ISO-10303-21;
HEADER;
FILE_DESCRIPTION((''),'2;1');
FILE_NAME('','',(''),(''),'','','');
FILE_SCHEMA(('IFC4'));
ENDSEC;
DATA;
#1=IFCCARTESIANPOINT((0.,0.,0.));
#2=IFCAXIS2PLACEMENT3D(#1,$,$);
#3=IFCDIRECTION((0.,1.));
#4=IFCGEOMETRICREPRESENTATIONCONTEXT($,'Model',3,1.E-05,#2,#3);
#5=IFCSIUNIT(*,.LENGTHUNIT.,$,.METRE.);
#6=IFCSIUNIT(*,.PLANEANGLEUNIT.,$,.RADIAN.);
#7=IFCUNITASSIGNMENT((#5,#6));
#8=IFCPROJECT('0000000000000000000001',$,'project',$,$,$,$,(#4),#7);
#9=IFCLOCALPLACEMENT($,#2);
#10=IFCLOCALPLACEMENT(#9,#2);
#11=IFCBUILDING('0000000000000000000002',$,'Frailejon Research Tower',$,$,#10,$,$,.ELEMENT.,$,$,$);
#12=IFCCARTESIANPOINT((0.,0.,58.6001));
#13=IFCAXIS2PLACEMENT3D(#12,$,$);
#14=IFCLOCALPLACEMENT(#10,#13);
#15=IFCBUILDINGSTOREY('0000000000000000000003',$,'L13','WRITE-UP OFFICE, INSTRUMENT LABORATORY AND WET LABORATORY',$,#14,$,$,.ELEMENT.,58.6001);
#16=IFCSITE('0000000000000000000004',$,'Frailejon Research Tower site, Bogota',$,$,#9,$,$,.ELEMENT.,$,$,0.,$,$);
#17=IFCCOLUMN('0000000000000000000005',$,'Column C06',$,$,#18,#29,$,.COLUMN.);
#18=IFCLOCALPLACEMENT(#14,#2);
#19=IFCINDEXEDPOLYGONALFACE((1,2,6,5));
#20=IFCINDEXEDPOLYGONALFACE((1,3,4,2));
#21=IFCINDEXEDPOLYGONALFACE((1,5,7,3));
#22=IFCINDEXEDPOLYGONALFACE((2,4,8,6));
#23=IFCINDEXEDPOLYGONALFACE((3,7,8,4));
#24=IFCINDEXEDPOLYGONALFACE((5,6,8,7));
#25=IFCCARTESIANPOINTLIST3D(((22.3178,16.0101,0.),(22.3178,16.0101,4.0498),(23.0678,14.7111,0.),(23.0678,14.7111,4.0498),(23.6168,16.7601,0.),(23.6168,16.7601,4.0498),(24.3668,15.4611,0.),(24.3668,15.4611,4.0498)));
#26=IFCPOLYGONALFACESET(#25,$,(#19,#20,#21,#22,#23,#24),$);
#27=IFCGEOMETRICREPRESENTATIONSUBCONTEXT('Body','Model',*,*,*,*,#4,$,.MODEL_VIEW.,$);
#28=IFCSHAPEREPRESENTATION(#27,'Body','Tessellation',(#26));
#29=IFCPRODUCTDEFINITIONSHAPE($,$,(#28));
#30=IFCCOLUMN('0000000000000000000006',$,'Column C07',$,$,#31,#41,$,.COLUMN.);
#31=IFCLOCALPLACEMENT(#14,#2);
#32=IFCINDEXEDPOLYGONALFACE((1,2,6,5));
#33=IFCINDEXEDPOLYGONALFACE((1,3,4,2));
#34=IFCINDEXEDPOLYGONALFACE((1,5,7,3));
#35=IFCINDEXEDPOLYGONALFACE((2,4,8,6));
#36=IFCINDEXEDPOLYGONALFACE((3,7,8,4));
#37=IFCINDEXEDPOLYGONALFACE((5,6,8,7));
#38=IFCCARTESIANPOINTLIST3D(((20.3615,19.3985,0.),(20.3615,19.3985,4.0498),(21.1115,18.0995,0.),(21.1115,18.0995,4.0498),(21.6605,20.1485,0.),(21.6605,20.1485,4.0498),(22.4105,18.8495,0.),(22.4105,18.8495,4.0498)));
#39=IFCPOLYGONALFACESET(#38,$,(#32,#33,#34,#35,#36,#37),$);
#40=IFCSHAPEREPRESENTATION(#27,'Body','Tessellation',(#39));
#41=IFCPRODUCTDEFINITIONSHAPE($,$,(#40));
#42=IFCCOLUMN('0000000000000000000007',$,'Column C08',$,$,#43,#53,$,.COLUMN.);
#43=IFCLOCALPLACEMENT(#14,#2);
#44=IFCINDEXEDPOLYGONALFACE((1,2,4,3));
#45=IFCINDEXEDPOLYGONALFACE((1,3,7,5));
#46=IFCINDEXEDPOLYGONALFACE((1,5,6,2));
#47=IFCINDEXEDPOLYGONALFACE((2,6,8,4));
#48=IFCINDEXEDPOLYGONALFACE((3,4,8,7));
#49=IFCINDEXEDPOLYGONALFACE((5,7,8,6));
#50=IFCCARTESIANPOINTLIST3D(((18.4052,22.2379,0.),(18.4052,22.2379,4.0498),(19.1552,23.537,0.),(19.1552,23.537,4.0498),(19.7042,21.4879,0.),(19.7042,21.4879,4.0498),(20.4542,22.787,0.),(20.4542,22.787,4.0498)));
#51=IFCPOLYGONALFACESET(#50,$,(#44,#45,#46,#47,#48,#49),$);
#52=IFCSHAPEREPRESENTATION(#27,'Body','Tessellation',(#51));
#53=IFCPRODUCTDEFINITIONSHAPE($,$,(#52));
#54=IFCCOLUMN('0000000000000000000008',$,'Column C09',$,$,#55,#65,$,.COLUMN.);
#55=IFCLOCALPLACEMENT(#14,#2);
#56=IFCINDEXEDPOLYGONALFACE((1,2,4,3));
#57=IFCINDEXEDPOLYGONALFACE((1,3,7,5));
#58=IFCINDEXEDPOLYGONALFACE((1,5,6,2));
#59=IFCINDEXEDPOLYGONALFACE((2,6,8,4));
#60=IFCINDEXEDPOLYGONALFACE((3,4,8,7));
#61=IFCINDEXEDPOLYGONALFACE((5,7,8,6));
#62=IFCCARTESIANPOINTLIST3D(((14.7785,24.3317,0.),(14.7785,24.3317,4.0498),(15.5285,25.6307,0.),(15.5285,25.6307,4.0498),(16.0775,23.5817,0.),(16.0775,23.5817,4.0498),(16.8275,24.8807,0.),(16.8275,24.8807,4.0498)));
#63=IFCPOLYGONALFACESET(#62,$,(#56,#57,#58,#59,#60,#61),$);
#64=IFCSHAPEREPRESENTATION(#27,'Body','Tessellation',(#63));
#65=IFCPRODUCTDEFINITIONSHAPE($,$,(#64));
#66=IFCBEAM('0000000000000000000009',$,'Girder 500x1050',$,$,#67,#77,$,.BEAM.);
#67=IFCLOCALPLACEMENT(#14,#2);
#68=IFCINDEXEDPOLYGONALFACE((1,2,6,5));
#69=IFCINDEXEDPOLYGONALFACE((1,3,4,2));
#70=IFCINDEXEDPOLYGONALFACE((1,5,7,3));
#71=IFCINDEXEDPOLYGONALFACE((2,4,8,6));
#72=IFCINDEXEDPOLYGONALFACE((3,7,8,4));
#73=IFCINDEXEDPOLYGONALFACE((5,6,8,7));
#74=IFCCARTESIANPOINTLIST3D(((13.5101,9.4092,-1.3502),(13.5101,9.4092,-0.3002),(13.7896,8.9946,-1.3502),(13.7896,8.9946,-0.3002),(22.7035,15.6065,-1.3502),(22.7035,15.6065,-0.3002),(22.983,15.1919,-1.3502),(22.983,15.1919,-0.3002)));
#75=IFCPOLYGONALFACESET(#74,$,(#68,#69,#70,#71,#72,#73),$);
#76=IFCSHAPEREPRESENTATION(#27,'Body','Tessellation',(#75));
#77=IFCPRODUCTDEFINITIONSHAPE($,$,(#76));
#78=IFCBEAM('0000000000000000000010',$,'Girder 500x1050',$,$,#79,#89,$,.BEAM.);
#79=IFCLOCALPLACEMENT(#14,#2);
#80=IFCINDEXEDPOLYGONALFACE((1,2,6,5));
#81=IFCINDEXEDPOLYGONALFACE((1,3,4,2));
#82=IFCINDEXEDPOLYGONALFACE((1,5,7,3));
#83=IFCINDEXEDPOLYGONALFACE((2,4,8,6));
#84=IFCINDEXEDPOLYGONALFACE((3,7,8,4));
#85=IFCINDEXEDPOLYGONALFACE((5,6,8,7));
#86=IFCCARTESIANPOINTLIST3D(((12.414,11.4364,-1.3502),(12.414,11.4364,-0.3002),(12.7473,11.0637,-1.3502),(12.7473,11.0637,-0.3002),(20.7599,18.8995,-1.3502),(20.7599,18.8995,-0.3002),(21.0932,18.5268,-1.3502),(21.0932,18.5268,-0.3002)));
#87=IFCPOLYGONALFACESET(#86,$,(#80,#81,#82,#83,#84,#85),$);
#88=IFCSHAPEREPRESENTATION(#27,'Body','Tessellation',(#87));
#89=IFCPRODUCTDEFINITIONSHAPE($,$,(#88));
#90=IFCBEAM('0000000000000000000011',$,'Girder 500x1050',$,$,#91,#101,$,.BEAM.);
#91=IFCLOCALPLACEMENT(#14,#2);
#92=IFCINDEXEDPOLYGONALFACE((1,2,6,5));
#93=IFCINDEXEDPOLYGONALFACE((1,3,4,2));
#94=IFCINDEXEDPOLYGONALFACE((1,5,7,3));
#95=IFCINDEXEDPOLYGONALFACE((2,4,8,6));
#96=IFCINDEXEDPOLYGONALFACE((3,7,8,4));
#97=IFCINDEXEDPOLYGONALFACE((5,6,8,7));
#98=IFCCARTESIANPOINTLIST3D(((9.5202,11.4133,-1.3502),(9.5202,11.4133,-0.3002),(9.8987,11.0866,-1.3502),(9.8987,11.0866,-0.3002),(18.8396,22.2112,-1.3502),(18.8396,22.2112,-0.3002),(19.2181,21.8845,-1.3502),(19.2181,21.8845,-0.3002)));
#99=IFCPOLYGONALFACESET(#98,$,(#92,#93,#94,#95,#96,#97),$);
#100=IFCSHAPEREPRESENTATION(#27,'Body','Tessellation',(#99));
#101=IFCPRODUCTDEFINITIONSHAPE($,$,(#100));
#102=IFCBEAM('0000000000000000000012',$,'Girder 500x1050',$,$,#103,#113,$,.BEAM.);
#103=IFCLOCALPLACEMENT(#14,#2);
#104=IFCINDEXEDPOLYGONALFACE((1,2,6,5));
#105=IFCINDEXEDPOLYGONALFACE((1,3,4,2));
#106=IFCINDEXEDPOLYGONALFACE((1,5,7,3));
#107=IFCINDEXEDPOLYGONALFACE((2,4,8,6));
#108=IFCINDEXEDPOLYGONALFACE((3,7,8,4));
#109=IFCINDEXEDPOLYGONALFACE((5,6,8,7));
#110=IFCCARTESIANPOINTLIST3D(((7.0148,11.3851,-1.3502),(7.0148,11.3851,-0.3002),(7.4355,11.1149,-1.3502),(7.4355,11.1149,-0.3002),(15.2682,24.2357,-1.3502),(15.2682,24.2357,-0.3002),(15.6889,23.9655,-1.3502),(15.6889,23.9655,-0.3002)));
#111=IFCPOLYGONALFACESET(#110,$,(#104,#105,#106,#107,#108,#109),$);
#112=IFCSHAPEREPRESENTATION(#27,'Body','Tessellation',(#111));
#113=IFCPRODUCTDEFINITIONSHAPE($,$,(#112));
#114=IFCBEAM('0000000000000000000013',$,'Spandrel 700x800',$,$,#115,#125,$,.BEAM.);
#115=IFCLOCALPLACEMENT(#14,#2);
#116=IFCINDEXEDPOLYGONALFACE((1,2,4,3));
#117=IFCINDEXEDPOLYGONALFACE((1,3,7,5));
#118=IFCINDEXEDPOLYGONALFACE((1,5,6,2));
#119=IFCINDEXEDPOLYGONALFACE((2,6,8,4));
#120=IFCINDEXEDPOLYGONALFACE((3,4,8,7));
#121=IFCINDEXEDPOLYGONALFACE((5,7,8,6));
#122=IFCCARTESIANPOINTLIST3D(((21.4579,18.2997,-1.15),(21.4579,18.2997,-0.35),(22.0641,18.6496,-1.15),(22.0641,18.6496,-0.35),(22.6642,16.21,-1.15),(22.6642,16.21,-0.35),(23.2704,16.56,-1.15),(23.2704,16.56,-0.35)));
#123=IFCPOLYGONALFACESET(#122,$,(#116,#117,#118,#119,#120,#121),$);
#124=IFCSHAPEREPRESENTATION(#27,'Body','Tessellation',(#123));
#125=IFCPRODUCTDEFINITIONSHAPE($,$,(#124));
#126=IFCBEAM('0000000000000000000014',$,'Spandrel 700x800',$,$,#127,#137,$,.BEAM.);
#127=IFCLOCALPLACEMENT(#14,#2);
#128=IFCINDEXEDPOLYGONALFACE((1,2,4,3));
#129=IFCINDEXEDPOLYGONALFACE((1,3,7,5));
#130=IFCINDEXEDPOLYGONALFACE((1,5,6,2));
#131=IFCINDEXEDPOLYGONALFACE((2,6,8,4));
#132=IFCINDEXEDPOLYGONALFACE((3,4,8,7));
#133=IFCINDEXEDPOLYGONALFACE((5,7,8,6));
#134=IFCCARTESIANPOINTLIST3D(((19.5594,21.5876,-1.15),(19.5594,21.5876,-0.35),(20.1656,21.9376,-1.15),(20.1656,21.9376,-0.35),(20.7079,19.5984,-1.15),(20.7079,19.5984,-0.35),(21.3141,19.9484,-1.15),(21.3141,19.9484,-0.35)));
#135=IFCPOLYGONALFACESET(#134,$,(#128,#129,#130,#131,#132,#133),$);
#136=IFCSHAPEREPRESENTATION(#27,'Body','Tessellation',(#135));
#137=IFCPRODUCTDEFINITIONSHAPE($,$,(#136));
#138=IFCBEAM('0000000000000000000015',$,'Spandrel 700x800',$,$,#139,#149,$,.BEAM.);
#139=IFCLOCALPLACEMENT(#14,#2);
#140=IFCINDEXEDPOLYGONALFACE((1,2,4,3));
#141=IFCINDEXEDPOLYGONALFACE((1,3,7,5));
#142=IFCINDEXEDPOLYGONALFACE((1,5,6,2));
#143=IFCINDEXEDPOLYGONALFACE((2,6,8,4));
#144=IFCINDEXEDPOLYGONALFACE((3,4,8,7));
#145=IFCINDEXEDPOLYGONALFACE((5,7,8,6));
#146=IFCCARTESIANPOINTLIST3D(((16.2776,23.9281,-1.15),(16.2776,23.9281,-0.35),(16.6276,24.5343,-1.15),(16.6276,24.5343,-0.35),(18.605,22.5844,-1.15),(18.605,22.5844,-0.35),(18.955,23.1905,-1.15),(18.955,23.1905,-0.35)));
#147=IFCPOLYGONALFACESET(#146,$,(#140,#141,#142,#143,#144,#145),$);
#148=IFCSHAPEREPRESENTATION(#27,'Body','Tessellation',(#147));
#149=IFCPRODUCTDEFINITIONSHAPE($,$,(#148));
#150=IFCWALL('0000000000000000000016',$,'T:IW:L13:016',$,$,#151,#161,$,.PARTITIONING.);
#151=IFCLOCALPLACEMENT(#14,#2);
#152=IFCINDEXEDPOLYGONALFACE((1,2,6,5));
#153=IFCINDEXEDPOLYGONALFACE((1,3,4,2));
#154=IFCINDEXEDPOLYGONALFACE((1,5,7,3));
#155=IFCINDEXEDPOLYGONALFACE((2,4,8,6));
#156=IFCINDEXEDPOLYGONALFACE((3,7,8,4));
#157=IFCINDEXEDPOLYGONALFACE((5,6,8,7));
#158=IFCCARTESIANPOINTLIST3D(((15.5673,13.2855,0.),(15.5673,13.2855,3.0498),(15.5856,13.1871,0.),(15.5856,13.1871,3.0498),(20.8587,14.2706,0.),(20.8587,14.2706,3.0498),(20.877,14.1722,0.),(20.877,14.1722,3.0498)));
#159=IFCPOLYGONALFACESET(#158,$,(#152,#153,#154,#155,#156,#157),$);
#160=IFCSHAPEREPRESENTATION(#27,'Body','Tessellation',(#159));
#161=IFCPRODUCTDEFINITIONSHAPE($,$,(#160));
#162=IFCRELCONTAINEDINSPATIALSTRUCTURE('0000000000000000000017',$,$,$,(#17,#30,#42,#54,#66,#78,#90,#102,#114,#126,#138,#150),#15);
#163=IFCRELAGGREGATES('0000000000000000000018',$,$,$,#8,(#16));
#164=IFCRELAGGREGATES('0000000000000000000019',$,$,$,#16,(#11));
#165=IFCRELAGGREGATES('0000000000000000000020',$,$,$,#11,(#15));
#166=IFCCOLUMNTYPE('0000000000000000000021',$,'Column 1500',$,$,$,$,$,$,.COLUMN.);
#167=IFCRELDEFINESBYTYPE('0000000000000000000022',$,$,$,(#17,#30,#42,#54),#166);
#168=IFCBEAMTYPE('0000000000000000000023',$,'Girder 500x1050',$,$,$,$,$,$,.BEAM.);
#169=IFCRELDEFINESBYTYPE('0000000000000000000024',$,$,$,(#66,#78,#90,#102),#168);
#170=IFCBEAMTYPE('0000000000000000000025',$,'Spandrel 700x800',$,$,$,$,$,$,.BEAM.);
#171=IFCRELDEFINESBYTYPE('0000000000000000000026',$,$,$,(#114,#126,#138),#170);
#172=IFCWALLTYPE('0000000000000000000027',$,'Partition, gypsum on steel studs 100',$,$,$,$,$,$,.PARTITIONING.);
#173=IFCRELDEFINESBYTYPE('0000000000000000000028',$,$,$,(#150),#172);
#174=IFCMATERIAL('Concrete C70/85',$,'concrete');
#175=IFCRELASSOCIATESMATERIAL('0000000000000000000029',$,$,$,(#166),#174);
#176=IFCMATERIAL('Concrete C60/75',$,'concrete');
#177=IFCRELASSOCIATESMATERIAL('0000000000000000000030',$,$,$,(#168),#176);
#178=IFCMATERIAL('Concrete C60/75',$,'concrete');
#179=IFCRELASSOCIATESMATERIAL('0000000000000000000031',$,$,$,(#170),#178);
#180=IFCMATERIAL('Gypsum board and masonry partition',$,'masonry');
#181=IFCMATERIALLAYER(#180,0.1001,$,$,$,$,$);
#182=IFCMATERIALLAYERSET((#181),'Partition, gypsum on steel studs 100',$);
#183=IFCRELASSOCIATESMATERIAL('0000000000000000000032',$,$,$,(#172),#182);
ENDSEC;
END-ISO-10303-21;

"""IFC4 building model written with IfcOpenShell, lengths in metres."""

from ifc_helpers import new_model, si_unit, direction, frame, frame_2d, origin, origin_2d, place, context, subcontext, project, spatial, rectangle, extrude, material, layer, layer_set, material_profile, profile_set, type_object, element, save


model = new_model("IFC4")

# Units and contexts
model_context = context("Model", 3, precision=1e-05, world=origin(), true_north=direction((0.0, 1.0)))
body_context = subcontext(model_context, "Body", "Model", "MODEL_VIEW")
ifc_project = project(units=[si_unit("LENGTHUNIT", "METRE"), si_unit("PLANEANGLEUNIT", "RADIAN")], contexts=[model_context])

# Site, building, storey
site_placement = place(None, origin())
site = spatial("IfcSite", under=ifc_project, at=site_placement, Name="Frailejon Research Tower site, Bogota", CompositionType="ELEMENT", RefElevation=0.0)
building_placement = place(site_placement, origin())
building = spatial("IfcBuilding", under=site, at=building_placement, Name="Frailejon Research Tower", CompositionType="ELEMENT")
storey_placement = place(building_placement, frame((0.0, 0.0, 58.6001)))
storey = spatial("IfcBuildingStorey", under=building, at=storey_placement, Name="L13", Description="WRITE-UP OFFICE, INSTRUMENT LABORATORY AND WET LABORATORY", CompositionType="ELEMENT", Elevation=58.6001)

# Columns
ifc_material_1 = material(Name="Concrete C70/85", Category="concrete")
ifc_material_profile_1 = material_profile(ifc_material_1, rectangle(XDim=1.5, YDim=1.5, at=origin_2d()), Name="Column 1500")
ifc_profile_set_1 = profile_set([ifc_material_profile_1], Name="Concrete C70/85")
column_type = type_object("IfcColumnType", Name="Column 1500", PredefinedType="COLUMN", material=ifc_profile_set_1)
for number, where, z_axis, x_axis, name in (
    (1, (23.3423, 15.7356, 0.0), (0.0, 0.0, 1.0), (-0.5, 0.866025, 0.0), "Column C06"),
    (2, (21.386, 19.124, 0.0), (0.0, 0.0, 1.0), (-0.5, 0.866025, 0.0), "Column C07"),
    (3, (19.4297, 22.5125, 0.0), (0.0, 0.0, 1.0), (-0.866025, 0.5, 0.0), "Column C08"),
    (4, (15.803, 24.6062, 0.0), (0.0, 0.0, 1.0), (-0.866025, 0.5, 0.0), "Column C09"),
):
    element("IfcColumn", number, at=place(storey_placement, frame(where, z_axis=z_axis, x_axis=x_axis)), inside=storey, type_object=column_type, Name=name, PredefinedType="COLUMN", context=body_context, shape_type="SweptSolid", body=[
        extrude(rectangle(XDim=1.5, YDim=1.5, at=origin_2d()), origin(), (0.0, 0.0, 1.0), 4.0498),
    ])

# Beams
ifc_material_2 = material(Name="Concrete C60/75", Category="concrete")
ifc_material_profile_2 = material_profile(ifc_material_2, rectangle(XDim=0.5, YDim=1.05, at=origin_2d()), Name="Girder 500x1050")
ifc_profile_set_2 = profile_set([ifc_material_profile_2], Name="Concrete C60/75")
beam_type_1 = type_object("IfcBeamType", Name="Girder 500x1050", PredefinedType="BEAM", material=ifc_profile_set_2)
beam_1_placement = place(storey_placement, frame((22.8433, 15.3992, -0.8252), z_axis=(-0.829194, -0.558961, 0.0), x_axis=(0.558961, -0.829194, 0.0)))
element("IfcBeam", 5, at=beam_1_placement, inside=storey, type_object=beam_type_1, Name="Girder 500x1050", PredefinedType="BEAM", context=body_context, shape_type="SweptSolid", body=[
    extrude(rectangle(XDim=0.5, YDim=1.05, at=origin_2d()), origin(), (0.0, 0.0, 1.0), 11.0872),
])
beam_2_placement = place(storey_placement, frame((20.9265, 18.7131, -0.8252), z_axis=(-0.745432, -0.666582, 0.0), x_axis=(0.666582, -0.745432, 0.0)))
element("IfcBeam", 6, at=beam_2_placement, inside=storey, type_object=beam_type_1, Name="Girder 500x1050", PredefinedType="BEAM", context=body_context, shape_type="SweptSolid", body=[
    extrude(rectangle(XDim=0.5, YDim=1.05, at=origin_2d()), origin(), (0.0, 0.0, 1.0), 11.196),
])
beam_3_placement = place(storey_placement, frame((19.0288, 22.0479, -0.8252), z_axis=(-0.653376, -0.757034, 0.0), x_axis=(0.757034, -0.653376, 0.0)))
element("IfcBeam", 7, at=beam_3_placement, inside=storey, type_object=beam_type_1, Name="Girder 500x1050", PredefinedType="BEAM", context=body_context, shape_type="SweptSolid", body=[
    extrude(rectangle(XDim=0.5, YDim=1.05, at=origin_2d()), origin(), (0.0, 0.0, 1.0), 14.2634),
])
beam_4_placement = place(storey_placement, frame((15.4785, 24.1006, -0.8252), z_axis=(-0.540402, -0.841407, 0.0), x_axis=(0.841407, -0.540402, 0.0)))
element("IfcBeam", 8, at=beam_4_placement, inside=storey, type_object=beam_type_1, Name="Girder 500x1050", PredefinedType="BEAM", context=body_context, shape_type="SweptSolid", body=[
    extrude(rectangle(XDim=0.5, YDim=1.05, at=origin_2d()), origin(), (0.0, 0.0, 1.0), 15.2727),
])
ifc_material_3 = material(Name="Concrete C60/75", Category="concrete")
ifc_material_profile_3 = material_profile(ifc_material_3, rectangle(XDim=0.7, YDim=0.8, at=origin_2d()), Name="Spandrel 700x800")
ifc_profile_set_3 = profile_set([ifc_material_profile_3], Name="Concrete C60/75")
beam_type_2 = type_object("IfcBeamType", Name="Spandrel 700x800", PredefinedType="BEAM", material=ifc_profile_set_3)
beam_5_placement = place(storey_placement, frame((22.9673, 16.385, -0.75), z_axis=(-0.499959, 0.866049, 0.0), x_axis=(-0.866049, -0.499959, 0.0)))
element("IfcBeam", 9, at=beam_5_placement, inside=storey, type_object=beam_type_2, Name="Spandrel 700x800", PredefinedType="BEAM", context=body_context, shape_type="SweptSolid", body=[
    extrude(rectangle(XDim=0.7, YDim=0.8, at=origin_2d()), origin(), (0.0, 0.0, 1.0), 2.4128),
])
beam_6_placement = place(storey_placement, frame((21.011, 19.7734, -0.75), z_axis=(-0.500026, 0.86601, 0.0), x_axis=(-0.86601, -0.500026, 0.0)))
element("IfcBeam", 10, at=beam_6_placement, inside=storey, type_object=beam_type_2, Name="Spandrel 700x800", PredefinedType="BEAM", context=body_context, shape_type="SweptSolid", body=[
    extrude(rectangle(XDim=0.7, YDim=0.8, at=origin_2d()), origin(), (0.0, 0.0, 1.0), 2.2969),
])
beam_7_placement = place(storey_placement, frame((18.78, 22.8875, -0.75), z_axis=(-0.866021, 0.500008, 0.0), x_axis=(-0.500008, -0.866021, 0.0)))
element("IfcBeam", 11, at=beam_7_placement, inside=storey, type_object=beam_type_2, Name="Spandrel 700x800", PredefinedType="BEAM", context=body_context, shape_type="SweptSolid", body=[
    extrude(rectangle(XDim=0.7, YDim=0.8, at=origin_2d()), origin(), (0.0, 0.0, 1.0), 2.6875),
])

# Wall
ifc_material_4 = material(Name="Gypsum board and masonry partition", Category="masonry")
ifc_layer_1 = layer(ifc_material_4, 0.1001)
ifc_layer_set_1 = layer_set([ifc_layer_1], Name="Partition, gypsum on steel studs 100")
wall_type_1 = type_object("IfcWallType", Name="Partition, gypsum on steel studs 100", PredefinedType="PARTITIONING", material=ifc_layer_set_1)
wall_1_placement = place(storey_placement, frame((15.5764, 13.2363, 0.0), z_axis=(0.0, 0.0, 1.0), x_axis=(0.983109, 0.183023, 0.0)))
element("IfcWall", 12, at=wall_1_placement, inside=storey, type_object=wall_type_1, Name="T:IW:L13:016", PredefinedType="PARTITIONING", context=body_context, shape_type="SweptSolid", body=[
    extrude(rectangle(XDim=5.3823, YDim=0.1001, at=frame_2d((2.6912, 0.0))), origin(), (0.0, 0.0, 1.0), 3.0498),
])

save(model, "model.ifc")
